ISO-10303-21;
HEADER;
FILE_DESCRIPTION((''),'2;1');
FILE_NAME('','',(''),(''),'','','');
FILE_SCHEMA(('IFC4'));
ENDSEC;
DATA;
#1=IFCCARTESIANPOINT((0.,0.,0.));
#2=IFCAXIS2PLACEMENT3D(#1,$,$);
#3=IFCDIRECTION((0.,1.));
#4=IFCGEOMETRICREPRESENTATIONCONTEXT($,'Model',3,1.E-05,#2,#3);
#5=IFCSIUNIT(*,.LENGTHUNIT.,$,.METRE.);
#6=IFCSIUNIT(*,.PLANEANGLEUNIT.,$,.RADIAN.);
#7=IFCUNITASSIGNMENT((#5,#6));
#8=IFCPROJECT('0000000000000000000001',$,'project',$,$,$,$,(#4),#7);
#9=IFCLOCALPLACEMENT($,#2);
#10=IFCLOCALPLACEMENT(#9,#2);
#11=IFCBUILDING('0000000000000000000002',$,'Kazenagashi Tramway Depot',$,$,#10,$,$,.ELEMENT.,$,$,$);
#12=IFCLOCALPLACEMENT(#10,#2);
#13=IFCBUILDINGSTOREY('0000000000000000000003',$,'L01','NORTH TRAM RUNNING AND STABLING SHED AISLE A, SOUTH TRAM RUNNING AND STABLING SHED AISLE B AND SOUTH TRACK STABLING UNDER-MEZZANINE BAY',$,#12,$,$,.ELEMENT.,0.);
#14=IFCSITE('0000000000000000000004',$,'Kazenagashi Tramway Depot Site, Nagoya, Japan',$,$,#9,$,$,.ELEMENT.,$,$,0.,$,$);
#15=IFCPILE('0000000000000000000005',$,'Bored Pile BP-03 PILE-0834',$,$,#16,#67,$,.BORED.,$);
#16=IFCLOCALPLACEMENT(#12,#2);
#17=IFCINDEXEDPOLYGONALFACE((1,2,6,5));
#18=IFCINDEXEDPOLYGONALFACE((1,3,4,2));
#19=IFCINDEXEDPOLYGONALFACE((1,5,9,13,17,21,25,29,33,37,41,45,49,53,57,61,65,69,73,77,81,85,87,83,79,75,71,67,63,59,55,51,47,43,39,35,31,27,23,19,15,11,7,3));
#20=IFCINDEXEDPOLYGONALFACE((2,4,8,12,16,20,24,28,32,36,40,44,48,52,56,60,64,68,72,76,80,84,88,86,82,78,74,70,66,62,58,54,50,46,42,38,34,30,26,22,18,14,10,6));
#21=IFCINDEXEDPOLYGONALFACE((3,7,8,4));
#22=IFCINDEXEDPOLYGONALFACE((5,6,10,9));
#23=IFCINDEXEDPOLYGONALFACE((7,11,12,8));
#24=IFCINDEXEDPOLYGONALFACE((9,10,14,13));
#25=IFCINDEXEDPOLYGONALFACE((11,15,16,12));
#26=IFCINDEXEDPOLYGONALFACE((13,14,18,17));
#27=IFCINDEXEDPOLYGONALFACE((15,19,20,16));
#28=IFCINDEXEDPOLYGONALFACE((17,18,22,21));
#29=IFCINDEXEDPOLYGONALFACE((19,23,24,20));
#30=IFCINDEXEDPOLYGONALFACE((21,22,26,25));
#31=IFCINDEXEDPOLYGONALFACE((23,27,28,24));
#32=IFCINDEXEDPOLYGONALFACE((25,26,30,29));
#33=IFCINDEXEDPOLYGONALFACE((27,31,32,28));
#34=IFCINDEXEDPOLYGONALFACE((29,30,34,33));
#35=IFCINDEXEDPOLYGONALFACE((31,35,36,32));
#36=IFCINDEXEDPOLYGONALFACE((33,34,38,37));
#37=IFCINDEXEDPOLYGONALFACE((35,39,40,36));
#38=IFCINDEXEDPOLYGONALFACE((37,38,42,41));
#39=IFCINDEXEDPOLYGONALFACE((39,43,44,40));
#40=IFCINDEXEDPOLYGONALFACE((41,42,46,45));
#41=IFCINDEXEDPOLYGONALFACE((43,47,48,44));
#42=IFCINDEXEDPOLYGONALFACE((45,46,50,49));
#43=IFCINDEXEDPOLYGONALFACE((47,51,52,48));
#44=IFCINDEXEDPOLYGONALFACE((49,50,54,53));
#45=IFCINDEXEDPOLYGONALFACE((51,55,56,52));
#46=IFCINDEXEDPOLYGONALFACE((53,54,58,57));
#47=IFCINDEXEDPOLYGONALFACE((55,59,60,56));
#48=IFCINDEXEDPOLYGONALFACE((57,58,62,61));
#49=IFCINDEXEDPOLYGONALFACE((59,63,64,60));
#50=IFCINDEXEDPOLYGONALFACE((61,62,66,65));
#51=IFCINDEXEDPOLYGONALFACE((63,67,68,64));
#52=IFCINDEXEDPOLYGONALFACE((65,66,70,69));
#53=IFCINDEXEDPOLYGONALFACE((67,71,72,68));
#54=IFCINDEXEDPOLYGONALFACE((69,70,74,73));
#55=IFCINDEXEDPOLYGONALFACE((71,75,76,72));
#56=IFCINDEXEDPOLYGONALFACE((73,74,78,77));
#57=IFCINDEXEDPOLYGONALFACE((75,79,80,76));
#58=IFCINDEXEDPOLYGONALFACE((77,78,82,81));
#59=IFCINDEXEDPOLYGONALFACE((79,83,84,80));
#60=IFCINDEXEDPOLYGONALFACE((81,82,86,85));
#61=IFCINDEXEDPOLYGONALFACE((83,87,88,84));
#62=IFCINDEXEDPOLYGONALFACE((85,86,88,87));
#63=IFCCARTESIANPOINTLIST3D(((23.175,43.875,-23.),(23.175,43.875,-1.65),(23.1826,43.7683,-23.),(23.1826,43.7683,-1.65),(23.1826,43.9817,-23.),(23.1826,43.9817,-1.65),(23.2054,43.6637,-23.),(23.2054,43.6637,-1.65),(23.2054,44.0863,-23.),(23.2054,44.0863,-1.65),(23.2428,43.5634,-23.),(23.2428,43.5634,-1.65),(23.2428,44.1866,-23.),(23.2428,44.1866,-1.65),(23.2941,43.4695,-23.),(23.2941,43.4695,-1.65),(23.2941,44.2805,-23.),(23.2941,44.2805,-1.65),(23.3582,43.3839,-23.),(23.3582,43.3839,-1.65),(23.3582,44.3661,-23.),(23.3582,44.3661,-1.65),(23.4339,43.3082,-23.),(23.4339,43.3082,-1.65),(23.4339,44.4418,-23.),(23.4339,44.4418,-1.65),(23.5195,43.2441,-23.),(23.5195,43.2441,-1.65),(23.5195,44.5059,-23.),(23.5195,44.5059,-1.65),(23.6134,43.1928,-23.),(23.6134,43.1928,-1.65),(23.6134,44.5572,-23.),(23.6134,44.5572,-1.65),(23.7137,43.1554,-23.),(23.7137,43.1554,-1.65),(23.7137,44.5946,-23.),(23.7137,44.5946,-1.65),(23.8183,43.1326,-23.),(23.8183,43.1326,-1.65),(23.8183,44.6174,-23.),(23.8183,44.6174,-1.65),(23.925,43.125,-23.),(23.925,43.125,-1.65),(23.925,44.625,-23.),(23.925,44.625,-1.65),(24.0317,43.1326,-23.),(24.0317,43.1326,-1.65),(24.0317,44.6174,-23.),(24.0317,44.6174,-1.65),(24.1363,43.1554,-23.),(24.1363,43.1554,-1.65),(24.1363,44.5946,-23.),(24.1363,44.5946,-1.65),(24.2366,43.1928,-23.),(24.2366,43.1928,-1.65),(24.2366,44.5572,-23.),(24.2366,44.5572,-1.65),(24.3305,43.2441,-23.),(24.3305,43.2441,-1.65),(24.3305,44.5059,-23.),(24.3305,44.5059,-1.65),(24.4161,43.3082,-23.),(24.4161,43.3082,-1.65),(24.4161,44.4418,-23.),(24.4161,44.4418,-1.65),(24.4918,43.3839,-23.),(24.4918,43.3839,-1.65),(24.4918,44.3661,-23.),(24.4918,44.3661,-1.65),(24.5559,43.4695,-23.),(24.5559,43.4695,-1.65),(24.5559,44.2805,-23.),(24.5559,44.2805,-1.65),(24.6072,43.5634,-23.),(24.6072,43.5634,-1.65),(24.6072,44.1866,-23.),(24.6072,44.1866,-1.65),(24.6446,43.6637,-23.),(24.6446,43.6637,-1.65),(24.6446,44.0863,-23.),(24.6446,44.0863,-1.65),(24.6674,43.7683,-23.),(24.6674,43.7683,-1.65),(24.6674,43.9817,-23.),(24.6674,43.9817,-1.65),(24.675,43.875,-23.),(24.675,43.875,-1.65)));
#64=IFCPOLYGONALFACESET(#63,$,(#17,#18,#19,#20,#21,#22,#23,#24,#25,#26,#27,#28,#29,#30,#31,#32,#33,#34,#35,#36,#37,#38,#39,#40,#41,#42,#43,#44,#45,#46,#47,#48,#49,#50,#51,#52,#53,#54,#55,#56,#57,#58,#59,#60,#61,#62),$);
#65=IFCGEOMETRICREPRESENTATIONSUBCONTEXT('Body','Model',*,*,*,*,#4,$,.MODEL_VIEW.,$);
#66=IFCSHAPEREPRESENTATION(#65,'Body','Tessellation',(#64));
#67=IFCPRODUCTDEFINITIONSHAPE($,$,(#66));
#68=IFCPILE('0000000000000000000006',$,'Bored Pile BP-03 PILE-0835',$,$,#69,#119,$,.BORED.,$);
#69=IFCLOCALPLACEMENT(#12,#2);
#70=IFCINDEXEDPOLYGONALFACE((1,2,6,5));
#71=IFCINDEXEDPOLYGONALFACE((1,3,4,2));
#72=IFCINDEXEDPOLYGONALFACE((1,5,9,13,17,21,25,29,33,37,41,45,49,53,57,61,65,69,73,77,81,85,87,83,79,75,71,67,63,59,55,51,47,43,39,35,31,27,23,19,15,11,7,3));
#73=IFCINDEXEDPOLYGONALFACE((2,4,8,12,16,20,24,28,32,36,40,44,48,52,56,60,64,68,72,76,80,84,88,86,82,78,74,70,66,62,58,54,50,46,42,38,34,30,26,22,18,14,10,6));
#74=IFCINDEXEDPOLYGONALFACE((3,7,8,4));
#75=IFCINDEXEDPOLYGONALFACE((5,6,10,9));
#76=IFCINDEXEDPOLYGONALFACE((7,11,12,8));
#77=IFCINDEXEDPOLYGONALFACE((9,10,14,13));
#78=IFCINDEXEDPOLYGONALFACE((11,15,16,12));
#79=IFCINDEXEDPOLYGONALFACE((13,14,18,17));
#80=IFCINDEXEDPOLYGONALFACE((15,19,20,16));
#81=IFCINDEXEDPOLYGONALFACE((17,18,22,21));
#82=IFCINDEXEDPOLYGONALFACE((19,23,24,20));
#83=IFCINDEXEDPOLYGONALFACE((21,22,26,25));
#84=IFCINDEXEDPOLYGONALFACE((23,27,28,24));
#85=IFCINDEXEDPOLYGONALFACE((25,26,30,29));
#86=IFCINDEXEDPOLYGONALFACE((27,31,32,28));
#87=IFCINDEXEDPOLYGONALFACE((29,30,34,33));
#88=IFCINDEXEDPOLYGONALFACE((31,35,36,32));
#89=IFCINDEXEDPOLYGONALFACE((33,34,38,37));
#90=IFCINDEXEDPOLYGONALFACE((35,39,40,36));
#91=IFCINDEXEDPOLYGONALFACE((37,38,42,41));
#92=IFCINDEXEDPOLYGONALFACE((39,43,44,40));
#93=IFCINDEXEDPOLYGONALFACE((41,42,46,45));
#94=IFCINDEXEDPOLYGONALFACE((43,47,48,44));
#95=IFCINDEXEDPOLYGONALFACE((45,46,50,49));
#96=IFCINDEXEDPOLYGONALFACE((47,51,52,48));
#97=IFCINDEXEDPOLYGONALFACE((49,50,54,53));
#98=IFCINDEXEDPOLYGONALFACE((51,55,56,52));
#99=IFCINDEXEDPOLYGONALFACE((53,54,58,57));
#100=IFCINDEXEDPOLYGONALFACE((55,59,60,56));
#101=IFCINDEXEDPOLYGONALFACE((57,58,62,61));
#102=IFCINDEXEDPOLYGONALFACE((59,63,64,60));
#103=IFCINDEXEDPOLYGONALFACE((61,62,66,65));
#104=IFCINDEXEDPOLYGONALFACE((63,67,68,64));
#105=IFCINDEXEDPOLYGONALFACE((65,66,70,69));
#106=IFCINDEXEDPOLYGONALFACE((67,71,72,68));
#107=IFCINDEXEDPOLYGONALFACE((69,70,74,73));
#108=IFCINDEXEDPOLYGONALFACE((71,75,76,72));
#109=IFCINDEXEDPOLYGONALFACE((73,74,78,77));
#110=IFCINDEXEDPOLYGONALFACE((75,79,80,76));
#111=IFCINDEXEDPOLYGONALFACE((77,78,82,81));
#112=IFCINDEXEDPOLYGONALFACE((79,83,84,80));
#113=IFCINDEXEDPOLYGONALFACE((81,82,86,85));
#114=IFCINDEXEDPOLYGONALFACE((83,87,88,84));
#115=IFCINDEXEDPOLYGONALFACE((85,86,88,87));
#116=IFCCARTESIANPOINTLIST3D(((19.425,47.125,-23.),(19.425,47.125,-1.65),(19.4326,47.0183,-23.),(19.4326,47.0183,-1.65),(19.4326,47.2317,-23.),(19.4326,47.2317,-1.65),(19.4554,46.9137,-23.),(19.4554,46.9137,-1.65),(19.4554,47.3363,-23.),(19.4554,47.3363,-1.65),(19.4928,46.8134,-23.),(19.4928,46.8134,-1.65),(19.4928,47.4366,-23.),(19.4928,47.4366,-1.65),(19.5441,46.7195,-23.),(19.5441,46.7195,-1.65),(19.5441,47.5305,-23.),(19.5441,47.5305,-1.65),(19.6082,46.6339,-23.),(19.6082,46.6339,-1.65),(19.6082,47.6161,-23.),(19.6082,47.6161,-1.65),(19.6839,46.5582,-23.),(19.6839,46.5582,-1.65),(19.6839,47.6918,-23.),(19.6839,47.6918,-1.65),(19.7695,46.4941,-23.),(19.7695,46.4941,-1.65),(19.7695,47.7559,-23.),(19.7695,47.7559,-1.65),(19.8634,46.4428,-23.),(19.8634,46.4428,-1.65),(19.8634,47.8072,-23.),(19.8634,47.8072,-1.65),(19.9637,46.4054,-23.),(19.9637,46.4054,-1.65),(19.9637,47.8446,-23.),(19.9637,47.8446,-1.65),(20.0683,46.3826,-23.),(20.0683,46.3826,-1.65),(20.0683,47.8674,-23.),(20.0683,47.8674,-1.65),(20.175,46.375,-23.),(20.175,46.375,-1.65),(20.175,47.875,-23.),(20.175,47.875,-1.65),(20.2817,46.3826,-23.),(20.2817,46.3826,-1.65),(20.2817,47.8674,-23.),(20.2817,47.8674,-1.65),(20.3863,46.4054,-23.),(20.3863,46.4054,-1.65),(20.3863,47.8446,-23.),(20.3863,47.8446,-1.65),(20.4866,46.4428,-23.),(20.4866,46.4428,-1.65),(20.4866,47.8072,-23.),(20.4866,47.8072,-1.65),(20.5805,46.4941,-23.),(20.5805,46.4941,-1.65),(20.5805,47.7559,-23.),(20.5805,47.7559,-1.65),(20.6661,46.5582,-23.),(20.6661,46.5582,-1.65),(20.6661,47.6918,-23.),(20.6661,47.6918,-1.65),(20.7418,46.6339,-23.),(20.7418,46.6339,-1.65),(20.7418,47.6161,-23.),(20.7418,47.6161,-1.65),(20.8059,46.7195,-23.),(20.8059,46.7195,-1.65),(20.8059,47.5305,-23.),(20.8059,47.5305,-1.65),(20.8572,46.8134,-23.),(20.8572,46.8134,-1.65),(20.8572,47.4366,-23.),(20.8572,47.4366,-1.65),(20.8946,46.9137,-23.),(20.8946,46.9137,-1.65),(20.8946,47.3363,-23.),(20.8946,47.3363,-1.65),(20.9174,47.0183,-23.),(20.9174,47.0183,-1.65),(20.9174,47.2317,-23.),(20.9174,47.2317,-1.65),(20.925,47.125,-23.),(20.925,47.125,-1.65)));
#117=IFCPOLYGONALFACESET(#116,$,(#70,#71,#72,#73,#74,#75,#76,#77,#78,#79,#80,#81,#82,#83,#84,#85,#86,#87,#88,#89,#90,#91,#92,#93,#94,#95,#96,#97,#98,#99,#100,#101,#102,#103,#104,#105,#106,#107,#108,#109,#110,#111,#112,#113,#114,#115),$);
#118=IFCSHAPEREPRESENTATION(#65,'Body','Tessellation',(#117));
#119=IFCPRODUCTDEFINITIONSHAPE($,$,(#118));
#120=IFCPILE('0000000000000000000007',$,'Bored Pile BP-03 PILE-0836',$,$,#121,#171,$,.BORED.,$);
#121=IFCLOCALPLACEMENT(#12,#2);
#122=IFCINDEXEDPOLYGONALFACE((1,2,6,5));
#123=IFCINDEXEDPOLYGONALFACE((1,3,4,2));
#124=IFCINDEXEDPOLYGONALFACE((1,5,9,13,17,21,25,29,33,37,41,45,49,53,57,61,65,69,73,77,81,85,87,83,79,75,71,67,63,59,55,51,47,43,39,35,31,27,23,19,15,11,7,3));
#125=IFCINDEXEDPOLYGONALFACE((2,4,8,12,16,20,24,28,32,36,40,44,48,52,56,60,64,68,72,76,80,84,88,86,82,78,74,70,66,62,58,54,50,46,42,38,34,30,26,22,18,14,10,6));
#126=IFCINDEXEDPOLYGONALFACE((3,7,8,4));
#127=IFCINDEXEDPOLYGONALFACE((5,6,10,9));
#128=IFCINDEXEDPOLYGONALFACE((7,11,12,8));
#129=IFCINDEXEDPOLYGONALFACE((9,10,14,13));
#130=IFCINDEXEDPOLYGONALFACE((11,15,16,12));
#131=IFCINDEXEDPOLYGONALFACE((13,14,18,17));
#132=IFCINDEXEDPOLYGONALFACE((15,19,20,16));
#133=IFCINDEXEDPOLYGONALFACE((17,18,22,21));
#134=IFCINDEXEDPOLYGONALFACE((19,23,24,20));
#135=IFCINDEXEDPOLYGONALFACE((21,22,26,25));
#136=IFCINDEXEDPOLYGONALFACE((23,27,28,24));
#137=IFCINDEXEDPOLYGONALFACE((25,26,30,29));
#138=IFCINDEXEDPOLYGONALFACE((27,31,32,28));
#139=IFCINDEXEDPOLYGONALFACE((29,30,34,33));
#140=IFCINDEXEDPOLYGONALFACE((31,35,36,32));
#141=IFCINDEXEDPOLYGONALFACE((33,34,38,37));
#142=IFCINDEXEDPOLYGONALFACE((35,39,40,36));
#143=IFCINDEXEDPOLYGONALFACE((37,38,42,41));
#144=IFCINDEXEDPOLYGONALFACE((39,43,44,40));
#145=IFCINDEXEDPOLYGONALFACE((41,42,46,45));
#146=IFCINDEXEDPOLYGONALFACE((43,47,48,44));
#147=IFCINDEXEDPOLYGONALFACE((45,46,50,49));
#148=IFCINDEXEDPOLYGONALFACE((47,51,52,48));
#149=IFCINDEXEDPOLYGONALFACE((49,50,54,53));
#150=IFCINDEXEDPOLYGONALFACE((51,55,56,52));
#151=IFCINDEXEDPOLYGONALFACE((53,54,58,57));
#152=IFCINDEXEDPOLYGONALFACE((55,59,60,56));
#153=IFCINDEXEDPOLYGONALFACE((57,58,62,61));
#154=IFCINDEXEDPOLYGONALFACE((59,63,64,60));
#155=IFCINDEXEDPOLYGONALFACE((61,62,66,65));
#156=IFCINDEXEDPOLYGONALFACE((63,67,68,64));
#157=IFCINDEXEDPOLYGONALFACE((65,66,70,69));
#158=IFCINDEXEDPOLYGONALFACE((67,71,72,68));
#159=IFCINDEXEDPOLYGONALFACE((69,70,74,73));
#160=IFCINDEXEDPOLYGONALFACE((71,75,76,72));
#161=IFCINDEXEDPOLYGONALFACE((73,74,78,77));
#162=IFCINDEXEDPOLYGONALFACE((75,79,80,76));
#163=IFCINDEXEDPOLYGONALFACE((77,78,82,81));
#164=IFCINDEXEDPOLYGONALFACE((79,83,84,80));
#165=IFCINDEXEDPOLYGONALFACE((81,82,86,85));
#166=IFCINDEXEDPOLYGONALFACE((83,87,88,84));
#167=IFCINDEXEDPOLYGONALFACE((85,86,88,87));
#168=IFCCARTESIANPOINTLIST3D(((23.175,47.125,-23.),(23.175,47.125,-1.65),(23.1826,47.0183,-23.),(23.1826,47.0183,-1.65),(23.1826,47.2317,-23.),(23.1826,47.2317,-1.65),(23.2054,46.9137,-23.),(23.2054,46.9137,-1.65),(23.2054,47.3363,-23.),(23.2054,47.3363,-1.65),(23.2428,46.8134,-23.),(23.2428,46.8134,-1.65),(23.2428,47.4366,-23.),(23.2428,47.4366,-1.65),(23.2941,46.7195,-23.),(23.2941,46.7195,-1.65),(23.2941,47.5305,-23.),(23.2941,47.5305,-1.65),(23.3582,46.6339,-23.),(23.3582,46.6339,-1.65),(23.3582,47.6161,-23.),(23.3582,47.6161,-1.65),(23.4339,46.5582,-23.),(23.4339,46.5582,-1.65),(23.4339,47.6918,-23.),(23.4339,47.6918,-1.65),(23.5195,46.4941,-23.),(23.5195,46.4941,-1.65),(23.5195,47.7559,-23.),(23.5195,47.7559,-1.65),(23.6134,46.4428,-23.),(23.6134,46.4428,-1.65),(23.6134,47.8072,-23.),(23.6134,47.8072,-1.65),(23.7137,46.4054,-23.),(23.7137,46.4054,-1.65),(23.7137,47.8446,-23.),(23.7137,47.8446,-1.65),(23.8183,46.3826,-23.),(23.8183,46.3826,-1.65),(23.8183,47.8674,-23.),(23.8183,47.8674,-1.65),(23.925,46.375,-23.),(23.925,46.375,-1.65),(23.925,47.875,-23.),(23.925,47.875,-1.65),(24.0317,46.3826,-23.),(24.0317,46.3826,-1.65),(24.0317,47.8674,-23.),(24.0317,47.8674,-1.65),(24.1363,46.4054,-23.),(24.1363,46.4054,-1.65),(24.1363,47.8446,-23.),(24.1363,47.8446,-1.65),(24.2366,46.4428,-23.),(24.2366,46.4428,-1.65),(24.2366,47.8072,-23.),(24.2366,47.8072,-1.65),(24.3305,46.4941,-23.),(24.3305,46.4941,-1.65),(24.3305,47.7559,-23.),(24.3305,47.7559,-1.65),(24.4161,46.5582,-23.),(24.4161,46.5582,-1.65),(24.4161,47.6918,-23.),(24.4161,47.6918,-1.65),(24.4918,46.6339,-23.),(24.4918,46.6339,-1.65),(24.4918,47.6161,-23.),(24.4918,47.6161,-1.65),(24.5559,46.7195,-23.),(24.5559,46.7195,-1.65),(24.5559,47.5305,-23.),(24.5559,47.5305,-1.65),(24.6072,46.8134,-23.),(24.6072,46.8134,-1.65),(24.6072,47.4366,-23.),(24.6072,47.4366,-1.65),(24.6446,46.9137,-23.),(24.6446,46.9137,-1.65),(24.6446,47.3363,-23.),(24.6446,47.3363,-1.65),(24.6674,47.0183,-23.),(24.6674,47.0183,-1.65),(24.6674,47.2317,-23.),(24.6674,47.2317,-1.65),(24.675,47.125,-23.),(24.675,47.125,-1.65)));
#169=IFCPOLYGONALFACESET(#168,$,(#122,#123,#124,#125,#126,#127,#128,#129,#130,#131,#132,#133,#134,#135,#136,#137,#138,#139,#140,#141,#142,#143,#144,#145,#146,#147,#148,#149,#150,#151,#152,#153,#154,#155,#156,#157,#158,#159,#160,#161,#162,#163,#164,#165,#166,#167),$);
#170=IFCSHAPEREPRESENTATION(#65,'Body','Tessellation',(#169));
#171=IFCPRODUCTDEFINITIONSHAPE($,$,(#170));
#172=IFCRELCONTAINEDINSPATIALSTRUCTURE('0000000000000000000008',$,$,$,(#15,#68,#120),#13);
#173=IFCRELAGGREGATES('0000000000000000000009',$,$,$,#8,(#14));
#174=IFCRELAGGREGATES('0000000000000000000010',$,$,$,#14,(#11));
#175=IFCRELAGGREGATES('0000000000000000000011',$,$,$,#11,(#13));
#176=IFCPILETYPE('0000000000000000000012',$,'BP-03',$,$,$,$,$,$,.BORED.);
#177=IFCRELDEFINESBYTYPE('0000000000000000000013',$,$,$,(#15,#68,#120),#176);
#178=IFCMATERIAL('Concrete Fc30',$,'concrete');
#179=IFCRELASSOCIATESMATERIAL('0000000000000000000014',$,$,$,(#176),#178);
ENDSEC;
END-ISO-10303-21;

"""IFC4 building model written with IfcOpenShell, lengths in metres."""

from ifc_helpers import new_model, si_unit, direction, frame, origin, origin_2d, place, context, subcontext, project, spatial, circle, extrude, material, material_profile, profile_set, type_object, element, save


model = new_model("IFC4")

# Units and contexts
model_context = context("Model", 3, precision=1e-05, world=origin(), true_north=direction((0.0, 1.0)))
body_context = subcontext(model_context, "Body", "Model", "MODEL_VIEW")
ifc_project = project(units=[si_unit("LENGTHUNIT", "METRE"), si_unit("PLANEANGLEUNIT", "RADIAN")], contexts=[model_context])

# Site, building, storey
site_placement = place(None, origin())
site = spatial("IfcSite", under=ifc_project, at=site_placement, Name="Kazenagashi Tramway Depot Site, Nagoya, Japan", CompositionType="ELEMENT", RefElevation=0.0)
building_placement = place(site_placement, origin())
building = spatial("IfcBuilding", under=site, at=building_placement, Name="Kazenagashi Tramway Depot", CompositionType="ELEMENT")
storey_placement = place(building_placement, origin())
storey = spatial("IfcBuildingStorey", under=building, at=storey_placement, Name="L01", Description="NORTH TRAM RUNNING AND STABLING SHED AISLE A, SOUTH TRAM RUNNING AND STABLING SHED AISLE B AND SOUTH TRACK STABLING UNDER-MEZZANINE BAY", CompositionType="ELEMENT", Elevation=0.0)

# Piles
ifc_material_1 = material(Name="Concrete Fc30", Category="concrete")
ifc_material_profile_1 = material_profile(ifc_material_1, circle(Radius=0.75, at=origin_2d()), Name="PILE-1500")
ifc_profile_set_1 = profile_set([ifc_material_profile_1], Name="Concrete Fc30")
pile_type = type_object("IfcPileType", Name="BP-03", PredefinedType="BORED", material=ifc_profile_set_1)
for number, where, z_axis, x_axis, name in (
    (1, (23.925, 43.875, -1.65), (0.0, 0.0, -1.0), (1.0, 0.0, 0.0), "Bored Pile BP-03 PILE-0834"),
    (2, (20.175, 47.125, -1.65), (0.0, 0.0, -1.0), (1.0, 0.0, 0.0), "Bored Pile BP-03 PILE-0835"),
    (3, (23.925, 47.125, -1.65), (0.0, 0.0, -1.0), (1.0, 0.0, 0.0), "Bored Pile BP-03 PILE-0836"),
):
    element("IfcPile", number, at=place(storey_placement, frame(where, z_axis=z_axis, x_axis=x_axis)), inside=storey, type_object=pile_type, Name=name, PredefinedType="BORED", context=body_context, shape_type="SweptSolid", body=[
        extrude(circle(Radius=0.75, at=origin_2d()), origin(), (0.0, 0.0, 1.0), 21.35),
    ])

save(model, "model.ifc")
